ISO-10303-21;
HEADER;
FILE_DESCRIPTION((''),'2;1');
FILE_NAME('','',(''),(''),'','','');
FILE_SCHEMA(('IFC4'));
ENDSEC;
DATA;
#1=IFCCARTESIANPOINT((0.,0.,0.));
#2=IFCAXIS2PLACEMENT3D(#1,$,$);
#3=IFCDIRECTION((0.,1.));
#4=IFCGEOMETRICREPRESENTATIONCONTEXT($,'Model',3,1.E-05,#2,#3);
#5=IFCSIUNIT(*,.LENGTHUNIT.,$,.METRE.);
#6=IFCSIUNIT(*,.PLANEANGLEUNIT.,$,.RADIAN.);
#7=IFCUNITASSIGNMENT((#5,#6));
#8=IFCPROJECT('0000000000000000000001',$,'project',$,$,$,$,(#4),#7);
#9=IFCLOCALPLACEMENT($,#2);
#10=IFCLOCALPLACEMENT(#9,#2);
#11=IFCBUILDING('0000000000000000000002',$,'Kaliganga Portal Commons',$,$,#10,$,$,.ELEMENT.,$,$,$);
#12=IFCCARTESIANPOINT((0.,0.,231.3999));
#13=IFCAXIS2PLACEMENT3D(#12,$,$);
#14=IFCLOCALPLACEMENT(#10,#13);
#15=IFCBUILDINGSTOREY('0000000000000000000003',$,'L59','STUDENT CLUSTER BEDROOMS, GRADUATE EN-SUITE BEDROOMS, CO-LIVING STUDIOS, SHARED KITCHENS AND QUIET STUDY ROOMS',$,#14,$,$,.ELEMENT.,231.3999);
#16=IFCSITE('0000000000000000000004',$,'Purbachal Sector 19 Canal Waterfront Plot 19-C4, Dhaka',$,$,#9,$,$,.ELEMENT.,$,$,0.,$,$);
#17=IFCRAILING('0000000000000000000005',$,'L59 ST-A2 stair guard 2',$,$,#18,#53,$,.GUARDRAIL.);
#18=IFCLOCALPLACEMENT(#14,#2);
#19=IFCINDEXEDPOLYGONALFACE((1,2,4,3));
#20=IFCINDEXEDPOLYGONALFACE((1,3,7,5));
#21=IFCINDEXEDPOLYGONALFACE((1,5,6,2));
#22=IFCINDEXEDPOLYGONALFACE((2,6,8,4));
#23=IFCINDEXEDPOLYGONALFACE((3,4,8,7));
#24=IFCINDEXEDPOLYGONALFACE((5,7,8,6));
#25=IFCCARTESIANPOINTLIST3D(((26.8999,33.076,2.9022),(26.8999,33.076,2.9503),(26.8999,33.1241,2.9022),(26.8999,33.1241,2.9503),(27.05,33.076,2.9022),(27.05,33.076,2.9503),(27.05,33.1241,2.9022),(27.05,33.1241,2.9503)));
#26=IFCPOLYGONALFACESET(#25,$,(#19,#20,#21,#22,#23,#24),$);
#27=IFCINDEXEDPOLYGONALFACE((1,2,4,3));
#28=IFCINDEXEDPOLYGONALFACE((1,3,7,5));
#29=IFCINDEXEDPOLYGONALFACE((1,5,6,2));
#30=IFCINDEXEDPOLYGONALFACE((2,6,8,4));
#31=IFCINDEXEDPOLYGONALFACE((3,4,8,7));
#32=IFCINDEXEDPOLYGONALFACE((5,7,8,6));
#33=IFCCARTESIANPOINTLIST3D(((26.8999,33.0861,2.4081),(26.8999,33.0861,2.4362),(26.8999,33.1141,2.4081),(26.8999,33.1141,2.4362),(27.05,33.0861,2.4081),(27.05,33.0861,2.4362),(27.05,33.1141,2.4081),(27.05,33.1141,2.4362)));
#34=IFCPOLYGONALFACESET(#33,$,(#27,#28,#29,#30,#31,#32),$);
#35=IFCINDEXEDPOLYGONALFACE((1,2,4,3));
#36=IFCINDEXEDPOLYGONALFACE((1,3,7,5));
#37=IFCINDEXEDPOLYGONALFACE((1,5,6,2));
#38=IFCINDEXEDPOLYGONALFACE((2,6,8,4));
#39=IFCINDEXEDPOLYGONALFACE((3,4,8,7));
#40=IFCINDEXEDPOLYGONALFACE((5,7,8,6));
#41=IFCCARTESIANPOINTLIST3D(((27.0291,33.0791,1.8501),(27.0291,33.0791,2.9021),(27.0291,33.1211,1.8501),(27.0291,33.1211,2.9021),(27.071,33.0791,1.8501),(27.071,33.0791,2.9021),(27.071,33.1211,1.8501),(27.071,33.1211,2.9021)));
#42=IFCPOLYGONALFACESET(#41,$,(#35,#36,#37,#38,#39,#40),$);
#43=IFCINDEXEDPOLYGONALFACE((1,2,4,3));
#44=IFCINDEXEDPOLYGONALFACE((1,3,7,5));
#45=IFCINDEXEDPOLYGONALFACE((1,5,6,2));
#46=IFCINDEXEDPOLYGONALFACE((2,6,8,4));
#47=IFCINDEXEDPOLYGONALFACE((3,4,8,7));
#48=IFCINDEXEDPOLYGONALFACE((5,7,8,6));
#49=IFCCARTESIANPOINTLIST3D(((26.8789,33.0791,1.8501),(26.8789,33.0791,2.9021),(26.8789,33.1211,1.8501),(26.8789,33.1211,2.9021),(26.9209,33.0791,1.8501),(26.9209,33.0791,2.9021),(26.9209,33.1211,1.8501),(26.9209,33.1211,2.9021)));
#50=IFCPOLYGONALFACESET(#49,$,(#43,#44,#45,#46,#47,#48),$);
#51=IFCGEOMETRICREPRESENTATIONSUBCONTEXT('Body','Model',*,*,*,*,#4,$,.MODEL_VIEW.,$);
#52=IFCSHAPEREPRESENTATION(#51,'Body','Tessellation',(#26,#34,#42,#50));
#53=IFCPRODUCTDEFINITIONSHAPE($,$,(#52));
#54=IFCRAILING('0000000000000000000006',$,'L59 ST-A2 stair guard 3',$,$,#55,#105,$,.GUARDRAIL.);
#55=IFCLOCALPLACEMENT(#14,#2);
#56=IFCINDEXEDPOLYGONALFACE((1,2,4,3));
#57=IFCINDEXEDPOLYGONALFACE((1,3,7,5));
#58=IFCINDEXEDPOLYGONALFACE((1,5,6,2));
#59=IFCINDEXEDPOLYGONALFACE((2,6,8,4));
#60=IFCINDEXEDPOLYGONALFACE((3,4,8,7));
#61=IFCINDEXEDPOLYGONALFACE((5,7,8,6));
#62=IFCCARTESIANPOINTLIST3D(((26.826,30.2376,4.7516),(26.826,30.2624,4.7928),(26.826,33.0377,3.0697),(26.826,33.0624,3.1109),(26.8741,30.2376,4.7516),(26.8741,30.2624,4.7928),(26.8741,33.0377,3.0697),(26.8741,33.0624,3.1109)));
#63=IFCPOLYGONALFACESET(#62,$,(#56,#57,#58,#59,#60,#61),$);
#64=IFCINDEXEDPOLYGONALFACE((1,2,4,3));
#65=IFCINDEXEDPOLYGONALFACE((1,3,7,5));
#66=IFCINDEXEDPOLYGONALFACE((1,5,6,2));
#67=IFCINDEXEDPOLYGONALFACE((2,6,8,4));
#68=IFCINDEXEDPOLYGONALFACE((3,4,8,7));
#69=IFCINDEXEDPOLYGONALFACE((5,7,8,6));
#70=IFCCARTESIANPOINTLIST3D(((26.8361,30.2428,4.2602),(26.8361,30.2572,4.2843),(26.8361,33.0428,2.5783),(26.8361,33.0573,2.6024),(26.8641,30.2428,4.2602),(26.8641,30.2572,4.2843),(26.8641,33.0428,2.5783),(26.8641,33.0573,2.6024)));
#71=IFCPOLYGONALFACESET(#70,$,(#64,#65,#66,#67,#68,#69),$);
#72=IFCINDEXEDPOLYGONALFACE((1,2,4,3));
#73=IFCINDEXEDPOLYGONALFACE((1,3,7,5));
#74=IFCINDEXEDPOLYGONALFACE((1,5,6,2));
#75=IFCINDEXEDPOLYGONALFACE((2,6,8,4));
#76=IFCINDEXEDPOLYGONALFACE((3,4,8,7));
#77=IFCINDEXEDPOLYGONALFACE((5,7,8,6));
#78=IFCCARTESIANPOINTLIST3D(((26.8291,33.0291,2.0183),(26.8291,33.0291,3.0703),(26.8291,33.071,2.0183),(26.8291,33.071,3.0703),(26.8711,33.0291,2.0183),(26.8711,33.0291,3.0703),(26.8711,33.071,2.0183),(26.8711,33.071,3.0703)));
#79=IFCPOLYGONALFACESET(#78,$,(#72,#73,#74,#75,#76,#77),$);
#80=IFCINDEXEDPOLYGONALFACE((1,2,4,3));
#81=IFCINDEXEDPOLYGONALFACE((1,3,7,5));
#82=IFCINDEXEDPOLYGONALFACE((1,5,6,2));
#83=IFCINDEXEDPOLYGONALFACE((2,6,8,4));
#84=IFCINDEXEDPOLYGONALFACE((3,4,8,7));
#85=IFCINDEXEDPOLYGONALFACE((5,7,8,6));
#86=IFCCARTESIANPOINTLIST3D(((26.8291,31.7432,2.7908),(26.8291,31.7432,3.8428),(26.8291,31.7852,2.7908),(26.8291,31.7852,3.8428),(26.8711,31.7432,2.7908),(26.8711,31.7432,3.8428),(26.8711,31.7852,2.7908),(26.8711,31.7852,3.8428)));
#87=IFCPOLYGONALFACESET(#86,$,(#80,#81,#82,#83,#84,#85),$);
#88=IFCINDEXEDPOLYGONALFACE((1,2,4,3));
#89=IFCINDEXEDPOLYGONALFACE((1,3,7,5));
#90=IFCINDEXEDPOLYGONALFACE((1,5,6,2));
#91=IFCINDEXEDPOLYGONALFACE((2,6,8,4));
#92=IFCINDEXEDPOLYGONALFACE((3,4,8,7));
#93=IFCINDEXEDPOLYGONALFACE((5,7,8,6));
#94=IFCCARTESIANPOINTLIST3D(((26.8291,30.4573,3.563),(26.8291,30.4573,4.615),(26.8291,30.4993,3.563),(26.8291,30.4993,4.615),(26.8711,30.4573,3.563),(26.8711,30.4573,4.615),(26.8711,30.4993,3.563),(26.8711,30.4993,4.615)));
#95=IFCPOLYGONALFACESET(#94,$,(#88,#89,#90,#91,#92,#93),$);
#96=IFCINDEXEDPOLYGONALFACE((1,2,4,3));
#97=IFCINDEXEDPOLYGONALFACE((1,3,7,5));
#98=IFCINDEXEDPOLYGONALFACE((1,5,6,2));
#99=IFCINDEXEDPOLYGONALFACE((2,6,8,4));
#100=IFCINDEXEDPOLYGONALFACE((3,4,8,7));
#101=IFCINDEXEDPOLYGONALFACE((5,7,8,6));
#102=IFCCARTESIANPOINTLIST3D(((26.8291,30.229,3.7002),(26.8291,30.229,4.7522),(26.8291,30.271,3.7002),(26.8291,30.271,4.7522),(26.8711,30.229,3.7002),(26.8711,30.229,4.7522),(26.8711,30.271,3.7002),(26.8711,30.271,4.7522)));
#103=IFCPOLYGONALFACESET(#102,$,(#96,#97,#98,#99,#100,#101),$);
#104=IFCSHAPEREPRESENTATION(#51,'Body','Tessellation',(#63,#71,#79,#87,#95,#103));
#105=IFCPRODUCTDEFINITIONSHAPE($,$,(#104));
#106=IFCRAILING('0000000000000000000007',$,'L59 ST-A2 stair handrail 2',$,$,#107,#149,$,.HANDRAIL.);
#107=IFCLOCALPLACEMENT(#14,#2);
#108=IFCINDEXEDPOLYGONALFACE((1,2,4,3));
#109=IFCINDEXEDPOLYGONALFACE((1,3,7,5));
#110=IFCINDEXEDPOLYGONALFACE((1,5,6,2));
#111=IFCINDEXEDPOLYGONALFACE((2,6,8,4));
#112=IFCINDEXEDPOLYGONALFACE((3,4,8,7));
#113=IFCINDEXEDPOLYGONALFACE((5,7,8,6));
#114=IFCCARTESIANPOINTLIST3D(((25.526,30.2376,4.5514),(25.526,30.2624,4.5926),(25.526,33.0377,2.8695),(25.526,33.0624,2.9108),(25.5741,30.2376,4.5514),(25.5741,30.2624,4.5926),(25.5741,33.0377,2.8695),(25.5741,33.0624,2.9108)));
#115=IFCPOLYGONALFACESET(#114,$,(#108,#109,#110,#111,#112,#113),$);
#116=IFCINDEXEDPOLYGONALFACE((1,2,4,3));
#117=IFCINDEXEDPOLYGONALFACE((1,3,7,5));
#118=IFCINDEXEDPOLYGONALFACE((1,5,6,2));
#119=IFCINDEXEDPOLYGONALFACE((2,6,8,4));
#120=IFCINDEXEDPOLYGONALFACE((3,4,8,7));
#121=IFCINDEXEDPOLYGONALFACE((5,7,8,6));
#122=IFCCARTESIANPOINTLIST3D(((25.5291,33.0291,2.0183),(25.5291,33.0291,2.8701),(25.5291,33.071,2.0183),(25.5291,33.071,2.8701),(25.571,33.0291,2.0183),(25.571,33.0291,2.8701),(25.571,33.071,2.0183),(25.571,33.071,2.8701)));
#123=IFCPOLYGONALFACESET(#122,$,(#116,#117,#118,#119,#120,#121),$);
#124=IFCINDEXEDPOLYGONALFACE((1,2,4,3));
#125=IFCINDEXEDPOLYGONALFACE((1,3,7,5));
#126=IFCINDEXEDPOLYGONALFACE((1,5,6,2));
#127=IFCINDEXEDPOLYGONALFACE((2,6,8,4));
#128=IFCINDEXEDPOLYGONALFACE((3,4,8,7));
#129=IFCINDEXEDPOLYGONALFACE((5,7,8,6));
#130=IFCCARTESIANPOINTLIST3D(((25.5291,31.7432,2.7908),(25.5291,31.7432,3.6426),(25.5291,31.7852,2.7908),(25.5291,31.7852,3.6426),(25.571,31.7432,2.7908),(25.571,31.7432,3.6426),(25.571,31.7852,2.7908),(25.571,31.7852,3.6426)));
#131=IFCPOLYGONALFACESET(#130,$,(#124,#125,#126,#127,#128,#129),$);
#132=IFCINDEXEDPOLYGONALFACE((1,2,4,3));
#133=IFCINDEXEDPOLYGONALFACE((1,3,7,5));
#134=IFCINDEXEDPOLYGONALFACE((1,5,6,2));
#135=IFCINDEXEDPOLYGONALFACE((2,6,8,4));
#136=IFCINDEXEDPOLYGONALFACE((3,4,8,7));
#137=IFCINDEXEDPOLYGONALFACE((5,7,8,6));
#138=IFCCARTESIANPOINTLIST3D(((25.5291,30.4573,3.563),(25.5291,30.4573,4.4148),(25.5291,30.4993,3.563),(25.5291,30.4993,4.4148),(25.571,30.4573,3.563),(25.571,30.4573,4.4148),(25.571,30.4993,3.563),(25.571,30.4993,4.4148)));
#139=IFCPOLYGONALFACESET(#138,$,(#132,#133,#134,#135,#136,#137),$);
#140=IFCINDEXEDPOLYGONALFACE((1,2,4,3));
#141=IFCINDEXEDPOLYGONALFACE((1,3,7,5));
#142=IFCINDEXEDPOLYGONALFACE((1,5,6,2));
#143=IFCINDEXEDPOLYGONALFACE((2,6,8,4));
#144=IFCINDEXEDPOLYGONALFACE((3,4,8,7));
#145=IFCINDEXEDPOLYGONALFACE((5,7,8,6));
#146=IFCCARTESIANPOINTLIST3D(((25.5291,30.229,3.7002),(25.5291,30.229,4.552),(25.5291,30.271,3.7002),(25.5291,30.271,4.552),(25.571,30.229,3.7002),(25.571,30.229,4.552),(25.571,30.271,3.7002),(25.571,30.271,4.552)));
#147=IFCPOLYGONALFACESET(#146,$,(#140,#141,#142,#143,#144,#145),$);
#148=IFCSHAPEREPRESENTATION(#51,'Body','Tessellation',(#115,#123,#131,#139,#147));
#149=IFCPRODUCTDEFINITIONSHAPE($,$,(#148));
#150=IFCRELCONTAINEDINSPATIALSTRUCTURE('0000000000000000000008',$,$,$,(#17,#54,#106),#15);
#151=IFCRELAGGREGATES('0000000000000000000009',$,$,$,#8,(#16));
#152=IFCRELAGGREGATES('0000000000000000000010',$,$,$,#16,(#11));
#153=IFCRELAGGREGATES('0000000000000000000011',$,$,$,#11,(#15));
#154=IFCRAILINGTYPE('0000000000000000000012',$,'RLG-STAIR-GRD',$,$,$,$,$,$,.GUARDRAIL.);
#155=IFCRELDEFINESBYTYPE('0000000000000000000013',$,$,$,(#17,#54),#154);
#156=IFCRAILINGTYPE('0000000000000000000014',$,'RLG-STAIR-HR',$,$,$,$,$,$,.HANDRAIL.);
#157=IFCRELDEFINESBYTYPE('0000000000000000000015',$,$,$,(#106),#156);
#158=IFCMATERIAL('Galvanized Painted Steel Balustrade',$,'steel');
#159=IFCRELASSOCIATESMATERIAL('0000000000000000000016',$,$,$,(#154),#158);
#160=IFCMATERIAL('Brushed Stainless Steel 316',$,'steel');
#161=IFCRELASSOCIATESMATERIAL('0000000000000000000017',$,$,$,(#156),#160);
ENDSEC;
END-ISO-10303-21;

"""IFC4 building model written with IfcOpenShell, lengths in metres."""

from ifc_helpers import new_model, si_unit, direction, frame, origin, origin_2d, place, context, subcontext, project, spatial, rectangle, extrude, material, type_object, element, save


model = new_model("IFC4")

# Units and contexts
model_context = context("Model", 3, precision=1e-05, world=origin(), true_north=direction((0.0, 1.0)))
body_context = subcontext(model_context, "Body", "Model", "MODEL_VIEW")
ifc_project = project(units=[si_unit("LENGTHUNIT", "METRE"), si_unit("PLANEANGLEUNIT", "RADIAN")], contexts=[model_context])

# Site, building, storey
site_placement = place(None, origin())
site = spatial("IfcSite", under=ifc_project, at=site_placement, Name="Purbachal Sector 19 Canal Waterfront Plot 19-C4, Dhaka", CompositionType="ELEMENT", RefElevation=0.0)
building_placement = place(site_placement, origin())
building = spatial("IfcBuilding", under=site, at=building_placement, Name="Kaliganga Portal Commons", CompositionType="ELEMENT")
storey_placement = place(building_placement, frame((0.0, 0.0, 231.3999)))
storey = spatial("IfcBuildingStorey", under=building, at=storey_placement, Name="L59", Description="STUDENT CLUSTER BEDROOMS, GRADUATE EN-SUITE BEDROOMS, CO-LIVING STUDIOS, SHARED KITCHENS AND QUIET STUDY ROOMS", CompositionType="ELEMENT", Elevation=231.3999)

# Railings
ifc_material_1 = material(Name="Galvanized Painted Steel Balustrade", Category="steel")
railing_type_1 = type_object("IfcRailingType", Name="RLG-STAIR-GRD", PredefinedType="GUARDRAIL", material=ifc_material_1)
railing_1_placement = place(storey_placement, frame((27.05, 33.1001, 1.8501)))
element("IfcRailing", 1, at=railing_1_placement, inside=storey, type_object=railing_type_1, Name="L59 ST-A2 stair guard 2", PredefinedType="GUARDRAIL", context=body_context, shape_type="SweptSolid", body=[
    extrude(rectangle(XDim=0.0481, YDim=0.0481, at=origin_2d()), frame((0.0, 0.0, 1.0762), z_axis=(-1.0, 0.0, 0.0), x_axis=(0.0, -1.0, 0.0)), (0.0, 0.0, 1.0), 0.1501),
    extrude(rectangle(XDim=0.0281, YDim=0.0281, at=origin_2d()), frame((0.0, 0.0, 0.572), z_axis=(-1.0, 0.0, 0.0), x_axis=(0.0, -1.0, 0.0)), (0.0, 0.0, 1.0), 0.1501),
    extrude(rectangle(XDim=0.042, YDim=0.042, at=origin_2d()), origin(), (0.0, 0.0, 1.0), 1.052),
    extrude(rectangle(XDim=0.042, YDim=0.042, at=origin_2d()), frame((-0.1501, 0.0, 0.0)), (0.0, 0.0, 1.0), 1.052),
])
railing_2_placement = place(storey_placement, frame((26.8501, 33.05, 2.0183)))
element("IfcRailing", 2, at=railing_2_placement, inside=storey, type_object=railing_type_1, Name="L59 ST-A2 stair guard 3", PredefinedType="GUARDRAIL", context=body_context, shape_type="SweptSolid", body=[
    extrude(rectangle(XDim=0.0481, YDim=0.0481, at=origin_2d()), frame((0.0, 0.0, 1.072), z_axis=(0.0, -0.857242, 0.514913), x_axis=(1.0, 0.0, 0.0)), (0.0, 0.0, 1.0), 3.2664),
    extrude(rectangle(XDim=0.0281, YDim=0.0281, at=origin_2d()), frame((0.0, 0.0, 0.572), z_axis=(0.0, -0.857242, 0.514913), x_axis=(1.0, 0.0, 0.0)), (0.0, 0.0, 1.0), 3.2664),
    extrude(rectangle(XDim=0.042, YDim=0.042, at=origin_2d()), origin(), (0.0, 0.0, 1.0), 1.052),
    extrude(rectangle(XDim=0.042, YDim=0.042, at=origin_2d()), frame((0.0, -1.2859, 0.7725)), (0.0, 0.0, 1.0), 1.052),
    extrude(rectangle(XDim=0.042, YDim=0.042, at=origin_2d()), frame((0.0, -2.5718, 1.5447)), (0.0, 0.0, 1.0), 1.052),
    extrude(rectangle(XDim=0.042, YDim=0.042, at=origin_2d()), frame((0.0, -2.8, 1.6819)), (0.0, 0.0, 1.0), 1.052),
])
ifc_material_2 = material(Name="Brushed Stainless Steel 316", Category="steel")
railing_type_2 = type_object("IfcRailingType", Name="RLG-STAIR-HR", PredefinedType="HANDRAIL", material=ifc_material_2)
railing_3_placement = place(storey_placement, frame((25.55, 33.05, 2.0183)))
element("IfcRailing", 3, at=railing_3_placement, inside=storey, type_object=railing_type_2, Name="L59 ST-A2 stair handrail 2", PredefinedType="HANDRAIL", context=body_context, shape_type="SweptSolid", body=[
    extrude(rectangle(XDim=0.0481, YDim=0.0481, at=origin_2d()), frame((0.0, 0.0, 0.8718), z_axis=(0.0, -0.857242, 0.514913), x_axis=(1.0, 0.0, 0.0)), (0.0, 0.0, 1.0), 3.2664),
    extrude(rectangle(XDim=0.042, YDim=0.042, at=origin_2d()), origin(), (0.0, 0.0, 1.0), 0.8518),
    extrude(rectangle(XDim=0.042, YDim=0.042, at=origin_2d()), frame((0.0, -1.2859, 0.7725)), (0.0, 0.0, 1.0), 0.8518),
    extrude(rectangle(XDim=0.042, YDim=0.042, at=origin_2d()), frame((0.0, -2.5718, 1.5447)), (0.0, 0.0, 1.0), 0.8518),
    extrude(rectangle(XDim=0.042, YDim=0.042, at=origin_2d()), frame((0.0, -2.8, 1.6819)), (0.0, 0.0, 1.0), 0.8518),
])

save(model, "model.ifc")
